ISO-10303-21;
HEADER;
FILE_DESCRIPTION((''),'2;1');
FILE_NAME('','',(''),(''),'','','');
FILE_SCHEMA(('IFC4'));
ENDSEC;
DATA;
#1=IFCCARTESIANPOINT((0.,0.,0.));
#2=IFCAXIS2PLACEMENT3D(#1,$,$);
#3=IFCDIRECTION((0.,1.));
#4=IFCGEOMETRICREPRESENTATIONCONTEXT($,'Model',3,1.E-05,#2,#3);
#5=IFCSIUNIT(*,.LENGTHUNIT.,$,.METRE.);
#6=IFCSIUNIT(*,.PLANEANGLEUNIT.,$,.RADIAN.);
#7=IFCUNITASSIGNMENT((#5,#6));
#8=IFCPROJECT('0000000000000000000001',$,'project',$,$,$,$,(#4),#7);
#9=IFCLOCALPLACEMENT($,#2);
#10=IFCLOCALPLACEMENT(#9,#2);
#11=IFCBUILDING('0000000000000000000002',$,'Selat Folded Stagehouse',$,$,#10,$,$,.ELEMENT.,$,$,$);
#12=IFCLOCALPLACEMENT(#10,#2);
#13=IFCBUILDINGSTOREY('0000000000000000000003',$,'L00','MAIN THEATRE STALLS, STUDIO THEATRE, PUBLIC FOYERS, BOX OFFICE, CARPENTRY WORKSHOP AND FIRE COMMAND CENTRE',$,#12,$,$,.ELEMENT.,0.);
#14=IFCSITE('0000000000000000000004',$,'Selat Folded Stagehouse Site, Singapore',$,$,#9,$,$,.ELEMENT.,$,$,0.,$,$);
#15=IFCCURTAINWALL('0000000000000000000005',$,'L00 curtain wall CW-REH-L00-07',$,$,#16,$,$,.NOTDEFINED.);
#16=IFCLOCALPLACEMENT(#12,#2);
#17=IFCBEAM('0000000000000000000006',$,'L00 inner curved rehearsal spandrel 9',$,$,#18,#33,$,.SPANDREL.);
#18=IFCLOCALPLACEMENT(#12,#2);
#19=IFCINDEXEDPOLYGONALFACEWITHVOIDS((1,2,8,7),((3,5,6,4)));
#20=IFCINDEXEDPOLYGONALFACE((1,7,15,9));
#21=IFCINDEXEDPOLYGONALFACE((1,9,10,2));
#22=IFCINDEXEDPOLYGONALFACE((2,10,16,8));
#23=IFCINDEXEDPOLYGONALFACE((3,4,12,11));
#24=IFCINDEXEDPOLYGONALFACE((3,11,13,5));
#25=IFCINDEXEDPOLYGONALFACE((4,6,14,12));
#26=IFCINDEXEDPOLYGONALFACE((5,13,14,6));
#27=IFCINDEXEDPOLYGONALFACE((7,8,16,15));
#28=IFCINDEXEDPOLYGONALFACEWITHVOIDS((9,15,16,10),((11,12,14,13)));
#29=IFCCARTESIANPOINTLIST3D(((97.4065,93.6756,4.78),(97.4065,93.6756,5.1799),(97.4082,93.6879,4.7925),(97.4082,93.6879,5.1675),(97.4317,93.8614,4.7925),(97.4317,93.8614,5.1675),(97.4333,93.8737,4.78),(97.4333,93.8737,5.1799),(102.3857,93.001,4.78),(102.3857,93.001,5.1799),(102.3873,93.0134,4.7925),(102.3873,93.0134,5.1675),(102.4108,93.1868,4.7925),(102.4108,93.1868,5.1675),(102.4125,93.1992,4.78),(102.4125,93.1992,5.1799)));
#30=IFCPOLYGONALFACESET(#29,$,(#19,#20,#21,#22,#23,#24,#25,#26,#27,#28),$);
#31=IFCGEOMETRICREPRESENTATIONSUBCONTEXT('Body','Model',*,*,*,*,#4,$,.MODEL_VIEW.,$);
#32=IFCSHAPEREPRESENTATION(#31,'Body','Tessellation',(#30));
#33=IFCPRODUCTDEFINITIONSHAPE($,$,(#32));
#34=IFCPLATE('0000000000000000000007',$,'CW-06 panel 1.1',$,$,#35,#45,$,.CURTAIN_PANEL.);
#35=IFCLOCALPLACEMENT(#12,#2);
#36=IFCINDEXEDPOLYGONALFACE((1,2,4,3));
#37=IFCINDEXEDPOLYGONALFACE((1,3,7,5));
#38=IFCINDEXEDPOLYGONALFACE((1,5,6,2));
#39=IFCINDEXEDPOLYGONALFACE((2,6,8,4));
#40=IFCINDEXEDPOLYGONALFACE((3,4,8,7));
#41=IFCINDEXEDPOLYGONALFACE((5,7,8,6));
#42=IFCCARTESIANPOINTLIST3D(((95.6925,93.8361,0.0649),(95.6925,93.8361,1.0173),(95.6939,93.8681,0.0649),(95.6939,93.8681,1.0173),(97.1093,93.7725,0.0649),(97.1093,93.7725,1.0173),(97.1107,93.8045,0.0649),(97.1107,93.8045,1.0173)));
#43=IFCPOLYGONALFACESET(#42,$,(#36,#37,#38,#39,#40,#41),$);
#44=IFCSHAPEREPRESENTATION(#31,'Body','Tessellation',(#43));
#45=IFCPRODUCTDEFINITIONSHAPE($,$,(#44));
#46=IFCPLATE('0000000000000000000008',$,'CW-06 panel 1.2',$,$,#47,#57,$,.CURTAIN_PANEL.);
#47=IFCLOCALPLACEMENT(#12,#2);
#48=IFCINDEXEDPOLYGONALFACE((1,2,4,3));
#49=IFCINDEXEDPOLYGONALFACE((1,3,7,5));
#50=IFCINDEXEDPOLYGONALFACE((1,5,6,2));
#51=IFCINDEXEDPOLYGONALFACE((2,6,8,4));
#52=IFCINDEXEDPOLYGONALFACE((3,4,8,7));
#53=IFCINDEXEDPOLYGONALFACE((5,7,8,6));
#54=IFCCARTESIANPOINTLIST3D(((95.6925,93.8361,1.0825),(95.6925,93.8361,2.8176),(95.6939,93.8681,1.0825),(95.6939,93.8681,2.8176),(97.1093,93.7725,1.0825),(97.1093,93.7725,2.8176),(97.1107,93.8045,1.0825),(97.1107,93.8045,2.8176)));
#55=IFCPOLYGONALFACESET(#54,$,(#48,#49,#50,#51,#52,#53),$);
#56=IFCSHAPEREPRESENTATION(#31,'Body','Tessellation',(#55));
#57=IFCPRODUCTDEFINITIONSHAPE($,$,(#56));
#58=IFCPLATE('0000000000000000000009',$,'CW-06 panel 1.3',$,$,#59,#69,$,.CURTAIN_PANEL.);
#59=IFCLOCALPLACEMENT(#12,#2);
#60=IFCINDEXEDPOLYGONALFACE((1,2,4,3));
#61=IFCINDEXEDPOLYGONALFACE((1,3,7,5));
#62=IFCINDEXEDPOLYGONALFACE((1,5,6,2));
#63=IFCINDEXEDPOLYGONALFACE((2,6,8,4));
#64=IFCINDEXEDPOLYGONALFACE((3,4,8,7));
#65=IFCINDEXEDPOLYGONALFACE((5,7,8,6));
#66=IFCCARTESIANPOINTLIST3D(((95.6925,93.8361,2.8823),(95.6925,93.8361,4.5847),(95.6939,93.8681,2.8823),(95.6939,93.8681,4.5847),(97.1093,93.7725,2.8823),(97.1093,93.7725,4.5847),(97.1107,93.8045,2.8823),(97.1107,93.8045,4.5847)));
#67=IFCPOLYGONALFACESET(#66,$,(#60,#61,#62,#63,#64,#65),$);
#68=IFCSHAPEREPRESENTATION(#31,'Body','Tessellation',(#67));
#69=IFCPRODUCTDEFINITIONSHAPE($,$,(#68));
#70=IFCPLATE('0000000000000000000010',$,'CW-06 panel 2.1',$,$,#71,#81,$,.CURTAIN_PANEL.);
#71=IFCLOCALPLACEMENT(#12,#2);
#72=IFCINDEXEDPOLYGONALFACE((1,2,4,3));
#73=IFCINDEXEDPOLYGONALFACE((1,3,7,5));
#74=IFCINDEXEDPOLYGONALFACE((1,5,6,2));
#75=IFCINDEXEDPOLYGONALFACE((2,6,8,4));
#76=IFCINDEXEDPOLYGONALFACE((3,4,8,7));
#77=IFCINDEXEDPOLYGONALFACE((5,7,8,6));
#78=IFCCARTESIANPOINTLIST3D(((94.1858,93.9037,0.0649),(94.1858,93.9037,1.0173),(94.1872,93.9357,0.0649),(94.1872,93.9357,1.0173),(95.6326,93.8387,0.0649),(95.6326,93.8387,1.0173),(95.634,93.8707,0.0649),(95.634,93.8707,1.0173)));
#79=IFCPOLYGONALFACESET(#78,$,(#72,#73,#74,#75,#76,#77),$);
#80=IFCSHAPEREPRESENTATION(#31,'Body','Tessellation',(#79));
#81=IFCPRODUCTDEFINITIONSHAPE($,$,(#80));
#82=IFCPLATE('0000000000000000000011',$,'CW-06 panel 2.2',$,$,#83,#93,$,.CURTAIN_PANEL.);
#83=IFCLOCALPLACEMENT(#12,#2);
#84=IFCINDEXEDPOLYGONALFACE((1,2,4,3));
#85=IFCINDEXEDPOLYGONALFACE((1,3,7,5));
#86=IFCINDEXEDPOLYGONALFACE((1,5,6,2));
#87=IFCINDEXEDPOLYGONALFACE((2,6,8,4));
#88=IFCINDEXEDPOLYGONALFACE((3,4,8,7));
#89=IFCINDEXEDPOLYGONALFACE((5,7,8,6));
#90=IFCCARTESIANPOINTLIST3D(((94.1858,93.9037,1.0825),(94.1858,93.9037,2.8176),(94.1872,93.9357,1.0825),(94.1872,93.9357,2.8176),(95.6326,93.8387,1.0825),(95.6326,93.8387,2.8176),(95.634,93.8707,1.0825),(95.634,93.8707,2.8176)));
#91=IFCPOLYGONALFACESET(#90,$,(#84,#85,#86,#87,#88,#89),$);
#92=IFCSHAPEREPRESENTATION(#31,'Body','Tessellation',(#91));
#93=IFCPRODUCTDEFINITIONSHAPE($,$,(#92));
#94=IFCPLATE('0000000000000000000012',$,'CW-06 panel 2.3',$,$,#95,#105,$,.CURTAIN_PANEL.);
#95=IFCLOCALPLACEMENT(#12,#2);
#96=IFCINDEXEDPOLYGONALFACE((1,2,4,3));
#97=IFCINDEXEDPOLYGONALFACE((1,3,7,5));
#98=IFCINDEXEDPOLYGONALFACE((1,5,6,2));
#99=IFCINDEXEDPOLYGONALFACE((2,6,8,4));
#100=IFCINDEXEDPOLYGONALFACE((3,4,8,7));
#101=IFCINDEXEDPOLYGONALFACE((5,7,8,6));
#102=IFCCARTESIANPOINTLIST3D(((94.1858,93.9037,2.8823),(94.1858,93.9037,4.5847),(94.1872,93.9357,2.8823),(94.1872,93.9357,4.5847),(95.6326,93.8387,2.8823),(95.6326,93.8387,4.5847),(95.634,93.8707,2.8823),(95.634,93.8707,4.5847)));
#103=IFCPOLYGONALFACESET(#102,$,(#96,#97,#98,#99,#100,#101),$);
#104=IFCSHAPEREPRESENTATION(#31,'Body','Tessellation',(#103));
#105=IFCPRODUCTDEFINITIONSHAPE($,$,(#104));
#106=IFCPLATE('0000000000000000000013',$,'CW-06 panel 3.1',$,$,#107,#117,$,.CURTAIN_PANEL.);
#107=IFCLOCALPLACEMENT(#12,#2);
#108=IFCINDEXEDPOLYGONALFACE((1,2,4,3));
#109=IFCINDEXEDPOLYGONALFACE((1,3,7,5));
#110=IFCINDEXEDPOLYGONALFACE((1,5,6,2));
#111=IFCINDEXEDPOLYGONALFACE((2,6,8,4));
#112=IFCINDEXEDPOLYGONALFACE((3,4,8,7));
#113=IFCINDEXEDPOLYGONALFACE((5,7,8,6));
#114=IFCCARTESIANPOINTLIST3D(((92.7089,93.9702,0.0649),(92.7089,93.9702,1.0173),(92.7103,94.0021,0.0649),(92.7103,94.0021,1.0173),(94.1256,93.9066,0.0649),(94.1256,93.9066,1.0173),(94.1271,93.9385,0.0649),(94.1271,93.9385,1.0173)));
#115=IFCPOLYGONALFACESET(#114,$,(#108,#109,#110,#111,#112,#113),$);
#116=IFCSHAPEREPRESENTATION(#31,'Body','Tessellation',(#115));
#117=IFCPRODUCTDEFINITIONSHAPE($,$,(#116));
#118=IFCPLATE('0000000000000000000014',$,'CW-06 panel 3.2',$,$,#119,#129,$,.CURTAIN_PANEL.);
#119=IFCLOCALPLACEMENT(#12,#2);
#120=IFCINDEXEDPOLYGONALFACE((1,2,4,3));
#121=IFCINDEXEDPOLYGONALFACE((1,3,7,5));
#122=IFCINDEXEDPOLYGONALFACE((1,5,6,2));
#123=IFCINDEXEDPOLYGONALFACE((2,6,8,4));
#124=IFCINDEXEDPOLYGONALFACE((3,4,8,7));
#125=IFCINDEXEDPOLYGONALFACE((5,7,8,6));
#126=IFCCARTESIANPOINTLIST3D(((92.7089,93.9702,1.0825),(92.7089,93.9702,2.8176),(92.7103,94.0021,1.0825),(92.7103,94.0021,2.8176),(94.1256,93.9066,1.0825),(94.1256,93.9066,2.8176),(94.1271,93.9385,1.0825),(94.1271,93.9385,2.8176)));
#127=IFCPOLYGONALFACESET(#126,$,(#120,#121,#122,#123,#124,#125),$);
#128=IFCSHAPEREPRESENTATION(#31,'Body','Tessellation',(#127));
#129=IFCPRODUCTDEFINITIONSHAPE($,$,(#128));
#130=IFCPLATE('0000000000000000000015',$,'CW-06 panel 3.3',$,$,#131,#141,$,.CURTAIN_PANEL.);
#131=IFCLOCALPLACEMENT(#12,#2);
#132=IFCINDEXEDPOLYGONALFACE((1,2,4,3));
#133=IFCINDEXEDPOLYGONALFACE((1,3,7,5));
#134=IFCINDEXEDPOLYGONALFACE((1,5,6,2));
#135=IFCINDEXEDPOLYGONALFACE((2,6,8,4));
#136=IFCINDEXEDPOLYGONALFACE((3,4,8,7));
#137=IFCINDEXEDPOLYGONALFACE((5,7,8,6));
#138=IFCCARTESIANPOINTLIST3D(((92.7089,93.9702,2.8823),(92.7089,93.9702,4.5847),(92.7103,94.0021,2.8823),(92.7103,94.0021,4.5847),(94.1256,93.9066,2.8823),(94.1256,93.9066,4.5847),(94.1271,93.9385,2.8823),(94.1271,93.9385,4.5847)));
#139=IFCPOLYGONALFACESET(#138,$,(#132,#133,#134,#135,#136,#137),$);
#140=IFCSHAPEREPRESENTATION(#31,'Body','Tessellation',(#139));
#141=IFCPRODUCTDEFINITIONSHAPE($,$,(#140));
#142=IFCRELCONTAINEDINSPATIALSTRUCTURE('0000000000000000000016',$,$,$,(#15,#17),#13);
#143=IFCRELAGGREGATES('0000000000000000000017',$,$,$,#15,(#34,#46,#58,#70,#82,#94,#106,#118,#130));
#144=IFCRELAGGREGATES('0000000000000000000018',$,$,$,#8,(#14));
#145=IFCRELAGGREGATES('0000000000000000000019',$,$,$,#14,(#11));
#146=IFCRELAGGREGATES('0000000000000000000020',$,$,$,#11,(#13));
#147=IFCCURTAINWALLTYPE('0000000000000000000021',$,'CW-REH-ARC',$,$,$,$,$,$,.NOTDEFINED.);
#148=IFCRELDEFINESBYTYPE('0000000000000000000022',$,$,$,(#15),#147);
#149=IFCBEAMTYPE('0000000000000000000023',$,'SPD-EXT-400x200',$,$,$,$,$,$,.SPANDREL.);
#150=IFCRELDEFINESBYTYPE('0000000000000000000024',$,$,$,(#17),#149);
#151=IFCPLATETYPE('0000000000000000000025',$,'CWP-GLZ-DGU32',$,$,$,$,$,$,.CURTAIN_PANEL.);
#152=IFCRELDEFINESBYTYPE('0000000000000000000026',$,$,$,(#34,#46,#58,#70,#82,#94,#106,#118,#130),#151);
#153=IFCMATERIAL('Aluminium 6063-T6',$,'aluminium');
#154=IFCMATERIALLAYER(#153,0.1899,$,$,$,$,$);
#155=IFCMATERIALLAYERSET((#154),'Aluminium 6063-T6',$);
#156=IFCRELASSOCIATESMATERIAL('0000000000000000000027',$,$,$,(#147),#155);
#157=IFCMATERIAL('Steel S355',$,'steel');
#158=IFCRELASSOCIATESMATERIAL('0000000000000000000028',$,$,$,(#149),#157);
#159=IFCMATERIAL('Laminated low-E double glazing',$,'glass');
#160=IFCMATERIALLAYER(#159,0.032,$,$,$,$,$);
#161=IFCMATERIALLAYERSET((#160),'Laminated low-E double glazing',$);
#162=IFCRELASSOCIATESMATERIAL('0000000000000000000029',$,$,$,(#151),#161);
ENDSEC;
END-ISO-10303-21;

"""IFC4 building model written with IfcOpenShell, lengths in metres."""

from ifc_helpers import new_model, si_unit, direction, frame, origin, origin_2d, place, context, subcontext, project, spatial, rectangle, hollow_rectangle, extrude, material, layer, layer_set, material_profile, profile_set, type_object, element, aggregate, save


model = new_model("IFC4")

# Units and contexts
model_context = context("Model", 3, precision=1e-05, world=origin(), true_north=direction((0.0, 1.0)))
body_context = subcontext(model_context, "Body", "Model", "MODEL_VIEW")
ifc_project = project(units=[si_unit("LENGTHUNIT", "METRE"), si_unit("PLANEANGLEUNIT", "RADIAN")], contexts=[model_context])

# Site, building, storey
site_placement = place(None, origin())
site = spatial("IfcSite", under=ifc_project, at=site_placement, Name="Selat Folded Stagehouse Site, Singapore", CompositionType="ELEMENT", RefElevation=0.0)
building_placement = place(site_placement, origin())
building = spatial("IfcBuilding", under=site, at=building_placement, Name="Selat Folded Stagehouse", CompositionType="ELEMENT")
storey_placement = place(building_placement, origin())
storey = spatial("IfcBuildingStorey", under=building, at=storey_placement, Name="L00", Description="MAIN THEATRE STALLS, STUDIO THEATRE, PUBLIC FOYERS, BOX OFFICE, CARPENTRY WORKSHOP AND FIRE COMMAND CENTRE", CompositionType="ELEMENT", Elevation=0.0)

# Shared definitions
ifc_material_1 = material(Name="Steel S355", Category="steel")

# Curtain wall
ifc_material_2 = material(Name="Aluminium 6063-T6", Category="aluminium")
ifc_layer_1 = layer(ifc_material_2, 0.1899)
ifc_layer_set_1 = layer_set([ifc_layer_1], Name="Aluminium 6063-T6")
curtain_wall_type = type_object("IfcCurtainWallType", Name="CW-REH-ARC", PredefinedType="NOTDEFINED", material=ifc_layer_set_1)
curtain_wall_placement = place(storey_placement, origin())
curtain_wall = element("IfcCurtainWall", 1, at=curtain_wall_placement, inside=storey, type_object=curtain_wall_type, Name="L00 curtain wall CW-REH-L00-07", PredefinedType="NOTDEFINED")

# Beam
ifc_material_profile_1 = material_profile(ifc_material_1, hollow_rectangle(XDim=0.2, YDim=0.3999, WallThickness=0.0125, at=origin_2d()), Name="RHS 400x200x12.5")
ifc_profile_set_1 = profile_set([ifc_material_profile_1], Name="Steel S355")
beam_type_1 = type_object("IfcBeamType", Name="SPD-EXT-400x200", PredefinedType="SPANDREL", material=ifc_profile_set_1)
beam_1_placement = place(storey_placement, frame((97.4199, 93.7747, 4.98), z_axis=(0.990948, -0.134248, 0.0), x_axis=(0.134248, 0.990948, 0.0)))
element("IfcBeam", 2, at=beam_1_placement, inside=storey, type_object=beam_type_1, Name="L00 inner curved rehearsal spandrel 9", PredefinedType="SPANDREL", context=body_context, shape_type="SweptSolid", body=[
    extrude(hollow_rectangle(XDim=0.2, YDim=0.3999, WallThickness=0.0125, at=origin_2d()), origin(), (0.0, 0.0, 1.0), 5.0247),
])

# Plates
ifc_material_3 = material(Name="Laminated low-E double glazing", Category="glass")
ifc_layer_2 = layer(ifc_material_3, 0.032)
ifc_layer_set_2 = layer_set([ifc_layer_2], Name="Laminated low-E double glazing")
plate_type = type_object("IfcPlateType", Name="CWP-GLZ-DGU32", PredefinedType="CURTAIN_PANEL", material=ifc_layer_set_2)
plate_1_placement = place(storey_placement, frame((96.4016, 93.8203, 0.0649), z_axis=(0.0, 0.0, 1.0), x_axis=(-0.998993, 0.044862, 0.0)))
plate_1 = element("IfcPlate", 3, at=plate_1_placement, type_object=plate_type, Name="CW-06 panel 1.1", PredefinedType="CURTAIN_PANEL", context=body_context, shape_type="SweptSolid", body=[
    extrude(rectangle(XDim=1.4182, YDim=0.032, at=origin_2d()), origin(), (0.0, 0.0, 1.0), 0.9524),
])
plate_2_placement = place(storey_placement, frame((96.4016, 93.8203, 1.0825), z_axis=(0.0, 0.0, 1.0), x_axis=(-0.998993, 0.044862, 0.0)))
plate_2 = element("IfcPlate", 4, at=plate_2_placement, type_object=plate_type, Name="CW-06 panel 1.2", PredefinedType="CURTAIN_PANEL", context=body_context, shape_type="SweptSolid", body=[
    extrude(rectangle(XDim=1.4182, YDim=0.032, at=origin_2d()), origin(), (0.0, 0.0, 1.0), 1.7351),
])
plate_3_placement = place(storey_placement, frame((96.4016, 93.8203, 2.8823), z_axis=(0.0, 0.0, 1.0), x_axis=(-0.998993, 0.044862, 0.0)))
plate_3 = element("IfcPlate", 5, at=plate_3_placement, type_object=plate_type, Name="CW-06 panel 1.3", PredefinedType="CURTAIN_PANEL", context=body_context, shape_type="SweptSolid", body=[
    extrude(rectangle(XDim=1.4182, YDim=0.032, at=origin_2d()), origin(), (0.0, 0.0, 1.0), 1.7024),
])
plate_4_placement = place(storey_placement, frame((94.9099, 93.8872, 0.0649), z_axis=(0.0, 0.0, 1.0), x_axis=(-0.998993, 0.044862, 0.0)))
plate_4 = element("IfcPlate", 6, at=plate_4_placement, type_object=plate_type, Name="CW-06 panel 2.1", PredefinedType="CURTAIN_PANEL", context=body_context, shape_type="SweptSolid", body=[
    extrude(rectangle(XDim=1.4482, YDim=0.032, at=origin_2d()), origin(), (0.0, 0.0, 1.0), 0.9524),
])
plate_5_placement = place(storey_placement, frame((94.9099, 93.8872, 1.0825), z_axis=(0.0, 0.0, 1.0), x_axis=(-0.998993, 0.044862, 0.0)))
plate_5 = element("IfcPlate", 7, at=plate_5_placement, type_object=plate_type, Name="CW-06 panel 2.2", PredefinedType="CURTAIN_PANEL", context=body_context, shape_type="SweptSolid", body=[
    extrude(rectangle(XDim=1.4482, YDim=0.032, at=origin_2d()), origin(), (0.0, 0.0, 1.0), 1.7351),
])
plate_6_placement = place(storey_placement, frame((94.9099, 93.8872, 2.8823), z_axis=(0.0, 0.0, 1.0), x_axis=(-0.998993, 0.044862, 0.0)))
plate_6 = element("IfcPlate", 8, at=plate_6_placement, type_object=plate_type, Name="CW-06 panel 2.3", PredefinedType="CURTAIN_PANEL", context=body_context, shape_type="SweptSolid", body=[
    extrude(rectangle(XDim=1.4482, YDim=0.032, at=origin_2d()), origin(), (0.0, 0.0, 1.0), 1.7024),
])
plate_7_placement = place(storey_placement, frame((93.418, 93.9543, 0.0649), z_axis=(0.0, 0.0, 1.0), x_axis=(-0.998993, 0.044862, 0.0)))
plate_7 = element("IfcPlate", 9, at=plate_7_placement, type_object=plate_type, Name="CW-06 panel 3.1", PredefinedType="CURTAIN_PANEL", context=body_context, shape_type="SweptSolid", body=[
    extrude(rectangle(XDim=1.4182, YDim=0.032, at=origin_2d()), origin(), (0.0, 0.0, 1.0), 0.9524),
])
plate_8_placement = place(storey_placement, frame((93.418, 93.9543, 1.0825), z_axis=(0.0, 0.0, 1.0), x_axis=(-0.998993, 0.044862, 0.0)))
plate_8 = element("IfcPlate", 10, at=plate_8_placement, type_object=plate_type, Name="CW-06 panel 3.2", PredefinedType="CURTAIN_PANEL", context=body_context, shape_type="SweptSolid", body=[
    extrude(rectangle(XDim=1.4182, YDim=0.032, at=origin_2d()), origin(), (0.0, 0.0, 1.0), 1.7351),
])
plate_9_placement = place(storey_placement, frame((93.418, 93.9543, 2.8823), z_axis=(0.0, 0.0, 1.0), x_axis=(-0.998993, 0.044862, 0.0)))
plate_9 = element("IfcPlate", 11, at=plate_9_placement, type_object=plate_type, Name="CW-06 panel 3.3", PredefinedType="CURTAIN_PANEL", context=body_context, shape_type="SweptSolid", body=[
    extrude(rectangle(XDim=1.4182, YDim=0.032, at=origin_2d()), origin(), (0.0, 0.0, 1.0), 1.7024),
])
aggregate(curtain_wall, [plate_1, plate_2, plate_3, plate_4, plate_5, plate_6, plate_7, plate_8, plate_9])

save(model, "model.ifc")
